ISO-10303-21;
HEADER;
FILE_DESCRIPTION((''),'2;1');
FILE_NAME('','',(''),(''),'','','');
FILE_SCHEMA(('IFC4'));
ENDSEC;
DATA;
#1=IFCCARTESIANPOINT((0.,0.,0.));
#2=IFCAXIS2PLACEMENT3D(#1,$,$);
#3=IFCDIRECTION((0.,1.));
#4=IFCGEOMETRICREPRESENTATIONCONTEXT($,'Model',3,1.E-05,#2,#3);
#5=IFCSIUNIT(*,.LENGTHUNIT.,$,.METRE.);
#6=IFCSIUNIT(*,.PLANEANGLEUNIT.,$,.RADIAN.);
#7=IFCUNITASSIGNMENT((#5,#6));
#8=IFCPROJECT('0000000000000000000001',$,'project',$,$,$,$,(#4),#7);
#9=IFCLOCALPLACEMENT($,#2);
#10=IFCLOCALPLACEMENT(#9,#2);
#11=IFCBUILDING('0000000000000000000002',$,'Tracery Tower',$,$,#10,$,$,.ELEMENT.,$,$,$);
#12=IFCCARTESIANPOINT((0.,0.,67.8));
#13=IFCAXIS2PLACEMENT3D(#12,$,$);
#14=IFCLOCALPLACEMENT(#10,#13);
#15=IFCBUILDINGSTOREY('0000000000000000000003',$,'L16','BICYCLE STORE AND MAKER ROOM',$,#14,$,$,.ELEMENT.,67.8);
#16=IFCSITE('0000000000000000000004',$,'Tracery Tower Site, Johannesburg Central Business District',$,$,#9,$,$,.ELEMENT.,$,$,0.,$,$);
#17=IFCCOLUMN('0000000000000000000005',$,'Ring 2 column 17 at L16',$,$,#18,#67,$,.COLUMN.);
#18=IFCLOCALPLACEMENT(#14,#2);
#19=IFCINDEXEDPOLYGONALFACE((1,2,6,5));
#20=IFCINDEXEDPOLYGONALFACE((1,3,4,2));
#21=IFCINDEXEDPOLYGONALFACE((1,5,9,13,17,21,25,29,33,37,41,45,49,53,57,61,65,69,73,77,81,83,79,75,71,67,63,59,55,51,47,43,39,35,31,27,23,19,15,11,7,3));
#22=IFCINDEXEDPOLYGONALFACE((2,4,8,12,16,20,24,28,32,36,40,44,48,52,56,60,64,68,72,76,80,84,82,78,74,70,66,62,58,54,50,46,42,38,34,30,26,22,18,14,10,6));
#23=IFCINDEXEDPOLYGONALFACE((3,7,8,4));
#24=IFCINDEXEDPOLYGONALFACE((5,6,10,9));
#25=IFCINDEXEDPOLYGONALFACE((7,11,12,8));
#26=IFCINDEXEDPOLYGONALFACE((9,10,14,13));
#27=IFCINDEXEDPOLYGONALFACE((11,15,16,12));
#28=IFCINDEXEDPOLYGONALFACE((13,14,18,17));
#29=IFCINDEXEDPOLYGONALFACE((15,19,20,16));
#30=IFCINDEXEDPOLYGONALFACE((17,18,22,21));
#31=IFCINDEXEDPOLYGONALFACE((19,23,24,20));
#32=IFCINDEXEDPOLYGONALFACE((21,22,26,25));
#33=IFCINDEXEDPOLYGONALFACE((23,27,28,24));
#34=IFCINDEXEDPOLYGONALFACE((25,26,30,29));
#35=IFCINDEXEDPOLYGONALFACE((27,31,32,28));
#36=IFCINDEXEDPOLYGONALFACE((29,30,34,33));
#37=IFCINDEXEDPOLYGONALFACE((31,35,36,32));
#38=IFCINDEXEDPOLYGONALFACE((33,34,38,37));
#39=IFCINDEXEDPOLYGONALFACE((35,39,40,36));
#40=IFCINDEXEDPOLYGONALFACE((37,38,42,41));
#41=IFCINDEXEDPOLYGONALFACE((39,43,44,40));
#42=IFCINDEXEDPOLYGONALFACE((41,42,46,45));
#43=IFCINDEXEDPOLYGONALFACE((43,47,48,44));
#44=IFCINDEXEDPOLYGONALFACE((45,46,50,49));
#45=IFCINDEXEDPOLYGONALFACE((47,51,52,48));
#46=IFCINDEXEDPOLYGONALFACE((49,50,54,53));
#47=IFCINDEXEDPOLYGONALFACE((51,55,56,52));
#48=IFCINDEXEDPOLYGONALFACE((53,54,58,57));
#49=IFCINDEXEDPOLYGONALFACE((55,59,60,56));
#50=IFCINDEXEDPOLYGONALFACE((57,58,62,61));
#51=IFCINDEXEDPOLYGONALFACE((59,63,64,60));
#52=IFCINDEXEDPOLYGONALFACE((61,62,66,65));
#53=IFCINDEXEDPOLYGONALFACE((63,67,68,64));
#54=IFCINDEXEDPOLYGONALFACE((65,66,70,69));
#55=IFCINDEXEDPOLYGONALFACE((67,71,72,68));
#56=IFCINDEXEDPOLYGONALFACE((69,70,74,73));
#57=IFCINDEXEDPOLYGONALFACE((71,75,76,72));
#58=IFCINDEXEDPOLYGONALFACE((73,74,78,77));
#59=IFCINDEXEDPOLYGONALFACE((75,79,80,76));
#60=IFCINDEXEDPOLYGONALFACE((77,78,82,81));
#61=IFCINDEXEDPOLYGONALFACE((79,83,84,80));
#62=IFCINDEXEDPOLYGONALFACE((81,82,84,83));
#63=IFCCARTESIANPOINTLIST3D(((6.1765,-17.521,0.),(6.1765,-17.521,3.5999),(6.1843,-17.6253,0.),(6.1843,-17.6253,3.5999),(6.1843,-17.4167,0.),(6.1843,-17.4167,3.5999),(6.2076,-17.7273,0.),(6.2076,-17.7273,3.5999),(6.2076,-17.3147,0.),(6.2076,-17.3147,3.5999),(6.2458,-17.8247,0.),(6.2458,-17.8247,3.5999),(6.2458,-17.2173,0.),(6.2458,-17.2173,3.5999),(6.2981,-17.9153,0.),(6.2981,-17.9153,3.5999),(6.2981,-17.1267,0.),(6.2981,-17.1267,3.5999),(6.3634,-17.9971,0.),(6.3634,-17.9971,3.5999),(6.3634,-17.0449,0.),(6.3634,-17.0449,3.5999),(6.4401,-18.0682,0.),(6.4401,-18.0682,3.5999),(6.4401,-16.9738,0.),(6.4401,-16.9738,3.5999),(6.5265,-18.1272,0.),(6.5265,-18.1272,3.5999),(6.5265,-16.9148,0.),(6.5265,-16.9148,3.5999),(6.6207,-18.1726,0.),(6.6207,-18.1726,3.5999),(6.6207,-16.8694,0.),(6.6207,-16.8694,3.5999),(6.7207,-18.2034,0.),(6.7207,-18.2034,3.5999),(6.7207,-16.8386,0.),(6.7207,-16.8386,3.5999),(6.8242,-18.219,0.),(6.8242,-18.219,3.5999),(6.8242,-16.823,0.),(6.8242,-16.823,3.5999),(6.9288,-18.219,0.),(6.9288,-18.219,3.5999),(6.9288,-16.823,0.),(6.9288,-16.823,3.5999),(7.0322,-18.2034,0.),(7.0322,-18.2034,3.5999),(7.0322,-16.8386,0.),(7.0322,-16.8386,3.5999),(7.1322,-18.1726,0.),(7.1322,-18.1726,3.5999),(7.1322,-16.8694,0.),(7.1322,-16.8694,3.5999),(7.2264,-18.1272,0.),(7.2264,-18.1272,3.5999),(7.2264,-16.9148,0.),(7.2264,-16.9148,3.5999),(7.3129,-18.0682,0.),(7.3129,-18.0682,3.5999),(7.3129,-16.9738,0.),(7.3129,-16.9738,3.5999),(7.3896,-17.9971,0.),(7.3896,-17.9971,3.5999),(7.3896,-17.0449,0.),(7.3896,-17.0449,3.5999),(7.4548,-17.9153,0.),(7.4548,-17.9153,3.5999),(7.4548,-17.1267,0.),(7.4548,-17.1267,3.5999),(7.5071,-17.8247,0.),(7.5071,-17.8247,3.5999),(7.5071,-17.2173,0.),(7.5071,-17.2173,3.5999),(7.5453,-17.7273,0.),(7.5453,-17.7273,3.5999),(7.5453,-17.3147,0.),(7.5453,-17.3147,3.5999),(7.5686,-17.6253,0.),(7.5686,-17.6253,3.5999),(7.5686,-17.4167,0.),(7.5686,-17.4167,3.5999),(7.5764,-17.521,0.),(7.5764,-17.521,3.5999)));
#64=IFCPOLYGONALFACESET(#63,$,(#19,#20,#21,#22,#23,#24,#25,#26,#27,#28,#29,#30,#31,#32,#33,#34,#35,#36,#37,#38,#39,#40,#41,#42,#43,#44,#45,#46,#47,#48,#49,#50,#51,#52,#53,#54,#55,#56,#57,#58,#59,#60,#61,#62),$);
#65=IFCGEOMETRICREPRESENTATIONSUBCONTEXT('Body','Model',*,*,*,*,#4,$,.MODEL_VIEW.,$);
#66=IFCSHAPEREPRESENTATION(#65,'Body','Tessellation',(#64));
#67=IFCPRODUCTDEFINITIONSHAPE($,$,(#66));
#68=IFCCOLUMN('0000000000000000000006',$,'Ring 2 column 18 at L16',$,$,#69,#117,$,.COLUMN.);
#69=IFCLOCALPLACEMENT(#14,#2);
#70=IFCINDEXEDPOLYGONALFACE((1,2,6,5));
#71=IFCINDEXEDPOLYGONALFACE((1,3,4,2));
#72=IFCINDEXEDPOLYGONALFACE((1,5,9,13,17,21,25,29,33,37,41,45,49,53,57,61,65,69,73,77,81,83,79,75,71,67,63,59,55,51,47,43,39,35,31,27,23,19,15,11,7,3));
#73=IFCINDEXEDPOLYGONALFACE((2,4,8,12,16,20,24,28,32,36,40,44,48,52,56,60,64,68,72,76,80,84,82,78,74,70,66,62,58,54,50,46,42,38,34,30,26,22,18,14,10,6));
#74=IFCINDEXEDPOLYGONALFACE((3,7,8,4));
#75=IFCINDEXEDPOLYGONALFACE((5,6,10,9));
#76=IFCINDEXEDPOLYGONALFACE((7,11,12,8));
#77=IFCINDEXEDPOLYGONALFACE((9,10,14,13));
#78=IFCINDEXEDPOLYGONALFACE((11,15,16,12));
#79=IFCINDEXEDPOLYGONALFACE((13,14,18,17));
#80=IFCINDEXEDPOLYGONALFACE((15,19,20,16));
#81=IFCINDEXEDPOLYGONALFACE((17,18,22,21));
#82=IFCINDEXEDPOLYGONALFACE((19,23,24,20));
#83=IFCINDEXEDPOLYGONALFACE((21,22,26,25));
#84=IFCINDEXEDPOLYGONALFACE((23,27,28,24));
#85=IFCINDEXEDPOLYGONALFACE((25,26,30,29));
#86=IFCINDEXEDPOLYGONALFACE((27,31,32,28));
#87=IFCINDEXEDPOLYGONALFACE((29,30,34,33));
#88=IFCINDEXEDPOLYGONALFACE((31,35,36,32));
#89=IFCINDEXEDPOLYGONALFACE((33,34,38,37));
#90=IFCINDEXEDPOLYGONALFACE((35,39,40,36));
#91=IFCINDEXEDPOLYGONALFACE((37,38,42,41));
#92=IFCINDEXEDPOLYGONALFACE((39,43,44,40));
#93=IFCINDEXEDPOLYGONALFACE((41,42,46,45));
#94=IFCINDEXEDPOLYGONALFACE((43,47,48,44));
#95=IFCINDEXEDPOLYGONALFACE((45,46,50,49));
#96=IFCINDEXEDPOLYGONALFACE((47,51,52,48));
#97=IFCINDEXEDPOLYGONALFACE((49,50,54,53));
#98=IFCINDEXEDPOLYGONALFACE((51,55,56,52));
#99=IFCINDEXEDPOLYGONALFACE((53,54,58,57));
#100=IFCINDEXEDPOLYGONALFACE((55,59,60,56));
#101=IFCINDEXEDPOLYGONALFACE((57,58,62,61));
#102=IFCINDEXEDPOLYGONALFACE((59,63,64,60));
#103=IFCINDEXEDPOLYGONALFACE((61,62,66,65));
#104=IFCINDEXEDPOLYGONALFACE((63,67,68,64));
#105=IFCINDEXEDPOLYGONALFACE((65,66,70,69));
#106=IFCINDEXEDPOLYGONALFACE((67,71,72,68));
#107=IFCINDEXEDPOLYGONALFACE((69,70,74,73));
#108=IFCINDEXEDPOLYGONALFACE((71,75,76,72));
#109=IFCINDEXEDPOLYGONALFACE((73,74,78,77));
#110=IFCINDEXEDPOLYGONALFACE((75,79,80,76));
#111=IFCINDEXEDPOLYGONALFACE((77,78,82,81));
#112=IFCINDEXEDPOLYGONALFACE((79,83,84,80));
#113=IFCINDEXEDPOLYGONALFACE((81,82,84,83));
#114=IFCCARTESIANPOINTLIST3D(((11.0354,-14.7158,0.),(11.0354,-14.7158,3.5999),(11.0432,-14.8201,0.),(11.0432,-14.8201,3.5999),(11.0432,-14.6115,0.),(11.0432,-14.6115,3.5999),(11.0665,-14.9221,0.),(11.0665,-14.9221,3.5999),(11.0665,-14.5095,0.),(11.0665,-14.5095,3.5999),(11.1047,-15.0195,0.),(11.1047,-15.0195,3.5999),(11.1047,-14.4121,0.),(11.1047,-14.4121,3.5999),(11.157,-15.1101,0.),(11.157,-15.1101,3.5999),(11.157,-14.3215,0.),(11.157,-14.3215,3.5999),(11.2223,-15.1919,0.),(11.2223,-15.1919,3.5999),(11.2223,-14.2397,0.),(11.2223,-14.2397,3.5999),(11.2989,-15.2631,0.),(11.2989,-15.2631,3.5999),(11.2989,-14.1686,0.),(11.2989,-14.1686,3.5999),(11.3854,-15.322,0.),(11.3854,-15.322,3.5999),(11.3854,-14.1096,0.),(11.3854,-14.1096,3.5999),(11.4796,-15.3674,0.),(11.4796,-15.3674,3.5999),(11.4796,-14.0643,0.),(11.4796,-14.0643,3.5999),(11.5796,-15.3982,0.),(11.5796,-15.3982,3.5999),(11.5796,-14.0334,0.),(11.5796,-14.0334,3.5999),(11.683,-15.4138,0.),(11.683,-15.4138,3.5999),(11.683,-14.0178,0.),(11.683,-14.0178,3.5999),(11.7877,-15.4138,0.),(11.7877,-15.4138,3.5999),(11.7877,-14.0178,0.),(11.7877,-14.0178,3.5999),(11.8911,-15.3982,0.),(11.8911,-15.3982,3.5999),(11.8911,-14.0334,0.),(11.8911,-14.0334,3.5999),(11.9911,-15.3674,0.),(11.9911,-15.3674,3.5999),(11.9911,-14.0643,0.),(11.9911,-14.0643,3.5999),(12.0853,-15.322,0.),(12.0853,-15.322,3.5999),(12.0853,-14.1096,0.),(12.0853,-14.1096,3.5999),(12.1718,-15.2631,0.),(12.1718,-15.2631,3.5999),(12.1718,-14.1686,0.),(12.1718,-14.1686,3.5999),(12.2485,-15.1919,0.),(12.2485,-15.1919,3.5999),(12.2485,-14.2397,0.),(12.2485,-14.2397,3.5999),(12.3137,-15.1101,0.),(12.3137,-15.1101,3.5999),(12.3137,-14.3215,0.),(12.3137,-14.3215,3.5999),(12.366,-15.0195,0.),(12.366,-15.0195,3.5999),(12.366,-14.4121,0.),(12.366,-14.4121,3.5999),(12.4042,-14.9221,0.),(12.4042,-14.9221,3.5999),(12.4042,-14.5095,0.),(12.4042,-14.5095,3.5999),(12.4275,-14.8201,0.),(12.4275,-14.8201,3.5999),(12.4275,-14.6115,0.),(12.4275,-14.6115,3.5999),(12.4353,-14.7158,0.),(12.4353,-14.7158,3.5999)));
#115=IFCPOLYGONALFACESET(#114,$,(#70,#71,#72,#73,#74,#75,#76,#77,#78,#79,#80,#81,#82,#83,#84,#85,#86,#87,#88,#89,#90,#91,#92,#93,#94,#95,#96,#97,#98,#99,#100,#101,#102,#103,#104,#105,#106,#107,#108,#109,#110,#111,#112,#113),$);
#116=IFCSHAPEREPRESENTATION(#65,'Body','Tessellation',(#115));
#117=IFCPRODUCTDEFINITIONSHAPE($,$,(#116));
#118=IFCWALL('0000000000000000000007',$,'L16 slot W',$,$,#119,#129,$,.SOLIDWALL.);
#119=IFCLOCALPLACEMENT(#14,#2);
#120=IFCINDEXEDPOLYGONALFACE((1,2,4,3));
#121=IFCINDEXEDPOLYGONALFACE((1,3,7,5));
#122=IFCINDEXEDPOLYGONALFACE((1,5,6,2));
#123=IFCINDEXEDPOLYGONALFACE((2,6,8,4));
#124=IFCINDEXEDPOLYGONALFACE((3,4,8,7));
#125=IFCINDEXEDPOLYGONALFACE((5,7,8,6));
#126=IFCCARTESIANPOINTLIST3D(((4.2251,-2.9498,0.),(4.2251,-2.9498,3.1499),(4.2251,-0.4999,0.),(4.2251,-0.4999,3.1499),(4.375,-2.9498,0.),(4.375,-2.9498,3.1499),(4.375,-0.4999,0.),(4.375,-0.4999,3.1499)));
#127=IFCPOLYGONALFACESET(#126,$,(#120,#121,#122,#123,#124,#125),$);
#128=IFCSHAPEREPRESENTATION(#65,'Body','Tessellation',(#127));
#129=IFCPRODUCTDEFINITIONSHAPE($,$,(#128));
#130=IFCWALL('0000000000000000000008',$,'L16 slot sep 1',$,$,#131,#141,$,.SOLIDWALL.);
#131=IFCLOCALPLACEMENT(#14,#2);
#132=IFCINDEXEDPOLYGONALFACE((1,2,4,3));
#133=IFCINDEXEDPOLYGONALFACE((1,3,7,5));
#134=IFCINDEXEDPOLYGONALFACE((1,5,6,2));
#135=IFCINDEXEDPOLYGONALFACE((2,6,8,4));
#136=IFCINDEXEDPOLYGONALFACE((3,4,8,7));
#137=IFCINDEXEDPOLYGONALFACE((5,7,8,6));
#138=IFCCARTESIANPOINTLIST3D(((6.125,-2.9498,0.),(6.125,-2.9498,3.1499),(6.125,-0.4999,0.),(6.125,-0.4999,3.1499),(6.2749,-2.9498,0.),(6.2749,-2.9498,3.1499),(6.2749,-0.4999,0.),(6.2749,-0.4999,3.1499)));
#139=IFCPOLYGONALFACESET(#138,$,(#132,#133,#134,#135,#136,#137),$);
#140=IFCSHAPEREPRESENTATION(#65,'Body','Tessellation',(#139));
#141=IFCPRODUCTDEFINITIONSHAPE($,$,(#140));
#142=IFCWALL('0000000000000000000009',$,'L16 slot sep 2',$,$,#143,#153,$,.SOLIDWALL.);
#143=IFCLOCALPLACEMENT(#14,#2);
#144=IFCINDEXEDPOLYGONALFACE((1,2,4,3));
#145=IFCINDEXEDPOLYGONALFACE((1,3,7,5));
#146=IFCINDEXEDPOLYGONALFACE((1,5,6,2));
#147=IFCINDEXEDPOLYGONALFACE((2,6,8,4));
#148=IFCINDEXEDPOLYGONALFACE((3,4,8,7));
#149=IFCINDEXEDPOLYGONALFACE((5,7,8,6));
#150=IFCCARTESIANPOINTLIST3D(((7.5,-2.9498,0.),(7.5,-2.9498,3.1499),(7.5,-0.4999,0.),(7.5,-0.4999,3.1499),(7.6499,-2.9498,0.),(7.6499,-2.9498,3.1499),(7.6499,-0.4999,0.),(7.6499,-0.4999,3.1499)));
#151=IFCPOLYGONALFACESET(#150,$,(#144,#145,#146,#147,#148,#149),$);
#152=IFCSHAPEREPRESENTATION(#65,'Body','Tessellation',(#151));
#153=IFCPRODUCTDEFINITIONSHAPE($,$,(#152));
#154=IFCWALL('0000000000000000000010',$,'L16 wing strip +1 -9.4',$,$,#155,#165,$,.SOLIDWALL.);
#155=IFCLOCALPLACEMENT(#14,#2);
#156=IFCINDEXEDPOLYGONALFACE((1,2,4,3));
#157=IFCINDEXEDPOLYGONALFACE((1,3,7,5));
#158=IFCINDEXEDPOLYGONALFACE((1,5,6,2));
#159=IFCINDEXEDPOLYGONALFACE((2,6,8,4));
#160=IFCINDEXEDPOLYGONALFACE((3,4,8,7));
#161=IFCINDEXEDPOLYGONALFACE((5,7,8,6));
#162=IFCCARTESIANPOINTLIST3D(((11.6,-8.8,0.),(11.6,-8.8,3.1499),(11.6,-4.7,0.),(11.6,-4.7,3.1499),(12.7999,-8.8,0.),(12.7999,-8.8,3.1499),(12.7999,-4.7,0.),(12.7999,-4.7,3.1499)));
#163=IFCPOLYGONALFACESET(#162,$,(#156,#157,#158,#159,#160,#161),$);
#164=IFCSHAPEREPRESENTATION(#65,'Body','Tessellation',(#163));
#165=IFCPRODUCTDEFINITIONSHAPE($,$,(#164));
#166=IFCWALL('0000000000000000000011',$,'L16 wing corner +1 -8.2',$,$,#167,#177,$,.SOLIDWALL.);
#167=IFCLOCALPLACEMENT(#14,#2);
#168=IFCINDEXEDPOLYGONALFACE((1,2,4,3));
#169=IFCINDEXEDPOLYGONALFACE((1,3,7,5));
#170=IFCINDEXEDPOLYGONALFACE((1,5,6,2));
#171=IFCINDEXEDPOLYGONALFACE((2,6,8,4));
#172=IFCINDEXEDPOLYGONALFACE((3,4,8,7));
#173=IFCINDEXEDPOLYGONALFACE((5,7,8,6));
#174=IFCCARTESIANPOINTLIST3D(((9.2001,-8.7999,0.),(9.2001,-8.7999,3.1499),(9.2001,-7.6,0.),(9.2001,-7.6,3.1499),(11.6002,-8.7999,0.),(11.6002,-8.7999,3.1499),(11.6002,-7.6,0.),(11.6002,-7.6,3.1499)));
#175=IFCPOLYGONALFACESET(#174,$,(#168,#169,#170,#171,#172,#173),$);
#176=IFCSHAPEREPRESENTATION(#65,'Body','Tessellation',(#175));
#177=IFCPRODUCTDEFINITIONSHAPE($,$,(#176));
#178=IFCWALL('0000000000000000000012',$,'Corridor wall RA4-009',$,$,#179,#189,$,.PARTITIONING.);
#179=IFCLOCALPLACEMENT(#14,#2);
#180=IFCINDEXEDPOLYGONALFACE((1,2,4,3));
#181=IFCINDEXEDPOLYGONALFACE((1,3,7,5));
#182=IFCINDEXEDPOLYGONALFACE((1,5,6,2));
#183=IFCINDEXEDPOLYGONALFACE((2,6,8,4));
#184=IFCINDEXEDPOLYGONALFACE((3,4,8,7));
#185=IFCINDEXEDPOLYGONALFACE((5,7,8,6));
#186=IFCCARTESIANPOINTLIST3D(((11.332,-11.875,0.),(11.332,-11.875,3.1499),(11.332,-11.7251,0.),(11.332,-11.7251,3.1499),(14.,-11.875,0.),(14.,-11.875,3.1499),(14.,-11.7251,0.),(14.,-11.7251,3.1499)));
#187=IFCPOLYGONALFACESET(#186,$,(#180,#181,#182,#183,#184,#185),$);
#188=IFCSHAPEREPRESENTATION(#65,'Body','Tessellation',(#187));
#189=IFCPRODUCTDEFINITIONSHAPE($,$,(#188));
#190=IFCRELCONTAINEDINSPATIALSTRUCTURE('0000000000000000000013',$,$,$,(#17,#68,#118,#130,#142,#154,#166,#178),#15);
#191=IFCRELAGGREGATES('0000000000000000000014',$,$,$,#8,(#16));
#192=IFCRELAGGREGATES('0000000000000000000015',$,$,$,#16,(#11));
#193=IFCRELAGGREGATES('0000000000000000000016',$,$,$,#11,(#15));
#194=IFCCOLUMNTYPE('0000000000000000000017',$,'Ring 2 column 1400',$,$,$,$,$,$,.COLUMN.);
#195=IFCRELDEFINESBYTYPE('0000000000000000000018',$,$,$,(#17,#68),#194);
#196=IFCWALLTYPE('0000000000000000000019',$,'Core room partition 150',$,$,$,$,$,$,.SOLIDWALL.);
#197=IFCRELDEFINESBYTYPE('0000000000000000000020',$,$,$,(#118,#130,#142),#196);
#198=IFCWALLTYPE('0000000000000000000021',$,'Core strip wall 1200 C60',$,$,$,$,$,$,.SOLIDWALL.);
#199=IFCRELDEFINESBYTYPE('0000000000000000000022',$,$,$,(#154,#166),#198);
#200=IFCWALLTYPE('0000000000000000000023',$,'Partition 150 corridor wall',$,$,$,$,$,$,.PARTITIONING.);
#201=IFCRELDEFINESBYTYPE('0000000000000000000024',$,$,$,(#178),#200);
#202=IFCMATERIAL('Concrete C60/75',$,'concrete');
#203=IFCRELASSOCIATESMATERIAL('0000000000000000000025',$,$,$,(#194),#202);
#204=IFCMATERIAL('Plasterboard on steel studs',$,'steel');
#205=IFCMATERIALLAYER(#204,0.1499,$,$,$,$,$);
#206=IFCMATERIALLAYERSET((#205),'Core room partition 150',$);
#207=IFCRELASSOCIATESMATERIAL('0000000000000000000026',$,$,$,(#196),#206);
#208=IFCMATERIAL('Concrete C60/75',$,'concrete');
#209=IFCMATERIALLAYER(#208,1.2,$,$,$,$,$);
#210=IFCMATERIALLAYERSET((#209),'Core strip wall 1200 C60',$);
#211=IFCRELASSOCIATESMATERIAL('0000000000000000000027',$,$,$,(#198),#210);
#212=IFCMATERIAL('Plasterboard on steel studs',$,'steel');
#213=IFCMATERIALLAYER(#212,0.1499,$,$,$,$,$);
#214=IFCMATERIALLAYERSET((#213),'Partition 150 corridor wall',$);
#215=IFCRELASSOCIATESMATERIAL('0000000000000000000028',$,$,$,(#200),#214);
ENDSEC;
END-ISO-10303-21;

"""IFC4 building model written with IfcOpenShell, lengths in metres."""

from ifc_helpers import new_model, si_unit, direction, frame, frame_2d, origin, origin_2d, place, context, subcontext, project, spatial, rectangle, circle, extrude, material, layer, layer_set, material_profile, profile_set, type_object, element, save


model = new_model("IFC4")

# Units and contexts
model_context = context("Model", 3, precision=1e-05, world=origin(), true_north=direction((0.0, 1.0)))
body_context = subcontext(model_context, "Body", "Model", "MODEL_VIEW")
ifc_project = project(units=[si_unit("LENGTHUNIT", "METRE"), si_unit("PLANEANGLEUNIT", "RADIAN")], contexts=[model_context])

# Site, building, storey
site_placement = place(None, origin())
site = spatial("IfcSite", under=ifc_project, at=site_placement, Name="Tracery Tower Site, Johannesburg Central Business District", CompositionType="ELEMENT", RefElevation=0.0)
building_placement = place(site_placement, origin())
building = spatial("IfcBuilding", under=site, at=building_placement, Name="Tracery Tower", CompositionType="ELEMENT")
storey_placement = place(building_placement, frame((0.0, 0.0, 67.8)))
storey = spatial("IfcBuildingStorey", under=building, at=storey_placement, Name="L16", Description="BICYCLE STORE AND MAKER ROOM", CompositionType="ELEMENT", Elevation=67.8)

# Columns
ifc_material_1 = material(Name="Concrete C60/75", Category="concrete")
ifc_material_profile = material_profile(ifc_material_1, circle(Radius=0.7, at=origin_2d()), Name="RC D1400")
ifc_profile_set = profile_set([ifc_material_profile], Name="Concrete C60/75")
column_type = type_object("IfcColumnType", Name="Ring 2 column 1400", PredefinedType="COLUMN", material=ifc_profile_set)
for number, where, z_axis, x_axis, name in (
    (1, (6.8765, -17.521, 0.0), (0.0, 0.0, 1.0), (1.0, 0.0, 0.0), "Ring 2 column 17 at L16"),
    (2, (11.7354, -14.7158, 0.0), (0.0, 0.0, 1.0), (1.0, 0.0, 0.0), "Ring 2 column 18 at L16"),
):
    element("IfcColumn", number, at=place(storey_placement, frame(where, z_axis=z_axis, x_axis=x_axis)), inside=storey, type_object=column_type, Name=name, PredefinedType="COLUMN", context=body_context, shape_type="SweptSolid", body=[
        extrude(circle(Radius=0.7, at=origin_2d()), origin(), (0.0, 0.0, 1.0), 3.5999),
    ])

# Walls
ifc_material_2 = material(Name="Plasterboard on steel studs", Category="steel")
ifc_layer_1 = layer(ifc_material_2, 0.1499)
ifc_layer_set_1 = layer_set([ifc_layer_1], Name="Core room partition 150")
wall_type_1 = type_object("IfcWallType", Name="Core room partition 150", PredefinedType="SOLIDWALL", material=ifc_layer_set_1)
for number, where, z_axis, x_axis, name in (
    (3, (4.3, -2.95, 0.0), (0.0, 0.0, 1.0), (0.0, 1.0, 0.0), "L16 slot W"),
    (4, (6.2, -2.95, 0.0), (0.0, 0.0, 1.0), (0.0, 1.0, 0.0), "L16 slot sep 1"),
    (5, (7.575, -2.95, 0.0), (0.0, 0.0, 1.0), (0.0, 1.0, 0.0), "L16 slot sep 2"),
):
    element("IfcWall", number, at=place(storey_placement, frame(where, z_axis=z_axis, x_axis=x_axis)), inside=storey, type_object=wall_type_1, Name=name, PredefinedType="SOLIDWALL", context=body_context, shape_type="SweptSolid", body=[
        extrude(rectangle(XDim=2.45, YDim=0.1499, at=frame_2d((1.2251, 0.0))), origin(), (0.0, 0.0, 1.0), 3.1499),
    ])
ifc_material_3 = material(Name="Concrete C60/75", Category="concrete")
ifc_layer_2 = layer(ifc_material_3, 1.2)
ifc_layer_set_2 = layer_set([ifc_layer_2], Name="Core strip wall 1200 C60")
wall_type_2 = type_object("IfcWallType", Name="Core strip wall 1200 C60", PredefinedType="SOLIDWALL", material=ifc_layer_set_2)
wall_1_placement = place(storey_placement, frame((12.2, -8.8, 0.0), z_axis=(0.0, 0.0, 1.0), x_axis=(0.0, 1.0, 0.0)))
element("IfcWall", 6, at=wall_1_placement, inside=storey, type_object=wall_type_2, Name="L16 wing strip +1 -9.4", PredefinedType="SOLIDWALL", context=body_context, shape_type="SweptSolid", body=[
    extrude(rectangle(XDim=4.1001, YDim=1.2, at=frame_2d((2.05, 0.0))), origin(), (0.0, 0.0, 1.0), 3.1499),
])
wall_2_placement = place(storey_placement, frame((9.2, -8.2, 0.0), z_axis=(0.0, 0.0, 1.0), x_axis=(1.0, 0.0, 0.0)))
element("IfcWall", 7, at=wall_2_placement, inside=storey, type_object=wall_type_2, Name="L16 wing corner +1 -8.2", PredefinedType="SOLIDWALL", context=body_context, shape_type="SweptSolid", body=[
    extrude(rectangle(XDim=2.4001, YDim=1.2, at=frame_2d((1.2002, 0.0))), origin(), (0.0, 0.0, 1.0), 3.1499),
])
ifc_material_4 = material(Name="Plasterboard on steel studs", Category="steel")
ifc_layer_3 = layer(ifc_material_4, 0.1499)
ifc_layer_set_3 = layer_set([ifc_layer_3], Name="Partition 150 corridor wall")
wall_type_3 = type_object("IfcWallType", Name="Partition 150 corridor wall", PredefinedType="PARTITIONING", material=ifc_layer_set_3)
wall_3_placement = place(storey_placement, frame((11.332, -11.8, 0.0), z_axis=(0.0, 0.0, 1.0), x_axis=(1.0, 0.0, 0.0)))
element("IfcWall", 8, at=wall_3_placement, inside=storey, type_object=wall_type_3, Name="Corridor wall RA4-009", PredefinedType="PARTITIONING", context=body_context, shape_type="SweptSolid", body=[
    extrude(rectangle(XDim=2.668, YDim=0.1499, at=frame_2d((1.334, 0.0))), origin(), (0.0, 0.0, 1.0), 3.1499),
])

save(model, "model.ifc")
